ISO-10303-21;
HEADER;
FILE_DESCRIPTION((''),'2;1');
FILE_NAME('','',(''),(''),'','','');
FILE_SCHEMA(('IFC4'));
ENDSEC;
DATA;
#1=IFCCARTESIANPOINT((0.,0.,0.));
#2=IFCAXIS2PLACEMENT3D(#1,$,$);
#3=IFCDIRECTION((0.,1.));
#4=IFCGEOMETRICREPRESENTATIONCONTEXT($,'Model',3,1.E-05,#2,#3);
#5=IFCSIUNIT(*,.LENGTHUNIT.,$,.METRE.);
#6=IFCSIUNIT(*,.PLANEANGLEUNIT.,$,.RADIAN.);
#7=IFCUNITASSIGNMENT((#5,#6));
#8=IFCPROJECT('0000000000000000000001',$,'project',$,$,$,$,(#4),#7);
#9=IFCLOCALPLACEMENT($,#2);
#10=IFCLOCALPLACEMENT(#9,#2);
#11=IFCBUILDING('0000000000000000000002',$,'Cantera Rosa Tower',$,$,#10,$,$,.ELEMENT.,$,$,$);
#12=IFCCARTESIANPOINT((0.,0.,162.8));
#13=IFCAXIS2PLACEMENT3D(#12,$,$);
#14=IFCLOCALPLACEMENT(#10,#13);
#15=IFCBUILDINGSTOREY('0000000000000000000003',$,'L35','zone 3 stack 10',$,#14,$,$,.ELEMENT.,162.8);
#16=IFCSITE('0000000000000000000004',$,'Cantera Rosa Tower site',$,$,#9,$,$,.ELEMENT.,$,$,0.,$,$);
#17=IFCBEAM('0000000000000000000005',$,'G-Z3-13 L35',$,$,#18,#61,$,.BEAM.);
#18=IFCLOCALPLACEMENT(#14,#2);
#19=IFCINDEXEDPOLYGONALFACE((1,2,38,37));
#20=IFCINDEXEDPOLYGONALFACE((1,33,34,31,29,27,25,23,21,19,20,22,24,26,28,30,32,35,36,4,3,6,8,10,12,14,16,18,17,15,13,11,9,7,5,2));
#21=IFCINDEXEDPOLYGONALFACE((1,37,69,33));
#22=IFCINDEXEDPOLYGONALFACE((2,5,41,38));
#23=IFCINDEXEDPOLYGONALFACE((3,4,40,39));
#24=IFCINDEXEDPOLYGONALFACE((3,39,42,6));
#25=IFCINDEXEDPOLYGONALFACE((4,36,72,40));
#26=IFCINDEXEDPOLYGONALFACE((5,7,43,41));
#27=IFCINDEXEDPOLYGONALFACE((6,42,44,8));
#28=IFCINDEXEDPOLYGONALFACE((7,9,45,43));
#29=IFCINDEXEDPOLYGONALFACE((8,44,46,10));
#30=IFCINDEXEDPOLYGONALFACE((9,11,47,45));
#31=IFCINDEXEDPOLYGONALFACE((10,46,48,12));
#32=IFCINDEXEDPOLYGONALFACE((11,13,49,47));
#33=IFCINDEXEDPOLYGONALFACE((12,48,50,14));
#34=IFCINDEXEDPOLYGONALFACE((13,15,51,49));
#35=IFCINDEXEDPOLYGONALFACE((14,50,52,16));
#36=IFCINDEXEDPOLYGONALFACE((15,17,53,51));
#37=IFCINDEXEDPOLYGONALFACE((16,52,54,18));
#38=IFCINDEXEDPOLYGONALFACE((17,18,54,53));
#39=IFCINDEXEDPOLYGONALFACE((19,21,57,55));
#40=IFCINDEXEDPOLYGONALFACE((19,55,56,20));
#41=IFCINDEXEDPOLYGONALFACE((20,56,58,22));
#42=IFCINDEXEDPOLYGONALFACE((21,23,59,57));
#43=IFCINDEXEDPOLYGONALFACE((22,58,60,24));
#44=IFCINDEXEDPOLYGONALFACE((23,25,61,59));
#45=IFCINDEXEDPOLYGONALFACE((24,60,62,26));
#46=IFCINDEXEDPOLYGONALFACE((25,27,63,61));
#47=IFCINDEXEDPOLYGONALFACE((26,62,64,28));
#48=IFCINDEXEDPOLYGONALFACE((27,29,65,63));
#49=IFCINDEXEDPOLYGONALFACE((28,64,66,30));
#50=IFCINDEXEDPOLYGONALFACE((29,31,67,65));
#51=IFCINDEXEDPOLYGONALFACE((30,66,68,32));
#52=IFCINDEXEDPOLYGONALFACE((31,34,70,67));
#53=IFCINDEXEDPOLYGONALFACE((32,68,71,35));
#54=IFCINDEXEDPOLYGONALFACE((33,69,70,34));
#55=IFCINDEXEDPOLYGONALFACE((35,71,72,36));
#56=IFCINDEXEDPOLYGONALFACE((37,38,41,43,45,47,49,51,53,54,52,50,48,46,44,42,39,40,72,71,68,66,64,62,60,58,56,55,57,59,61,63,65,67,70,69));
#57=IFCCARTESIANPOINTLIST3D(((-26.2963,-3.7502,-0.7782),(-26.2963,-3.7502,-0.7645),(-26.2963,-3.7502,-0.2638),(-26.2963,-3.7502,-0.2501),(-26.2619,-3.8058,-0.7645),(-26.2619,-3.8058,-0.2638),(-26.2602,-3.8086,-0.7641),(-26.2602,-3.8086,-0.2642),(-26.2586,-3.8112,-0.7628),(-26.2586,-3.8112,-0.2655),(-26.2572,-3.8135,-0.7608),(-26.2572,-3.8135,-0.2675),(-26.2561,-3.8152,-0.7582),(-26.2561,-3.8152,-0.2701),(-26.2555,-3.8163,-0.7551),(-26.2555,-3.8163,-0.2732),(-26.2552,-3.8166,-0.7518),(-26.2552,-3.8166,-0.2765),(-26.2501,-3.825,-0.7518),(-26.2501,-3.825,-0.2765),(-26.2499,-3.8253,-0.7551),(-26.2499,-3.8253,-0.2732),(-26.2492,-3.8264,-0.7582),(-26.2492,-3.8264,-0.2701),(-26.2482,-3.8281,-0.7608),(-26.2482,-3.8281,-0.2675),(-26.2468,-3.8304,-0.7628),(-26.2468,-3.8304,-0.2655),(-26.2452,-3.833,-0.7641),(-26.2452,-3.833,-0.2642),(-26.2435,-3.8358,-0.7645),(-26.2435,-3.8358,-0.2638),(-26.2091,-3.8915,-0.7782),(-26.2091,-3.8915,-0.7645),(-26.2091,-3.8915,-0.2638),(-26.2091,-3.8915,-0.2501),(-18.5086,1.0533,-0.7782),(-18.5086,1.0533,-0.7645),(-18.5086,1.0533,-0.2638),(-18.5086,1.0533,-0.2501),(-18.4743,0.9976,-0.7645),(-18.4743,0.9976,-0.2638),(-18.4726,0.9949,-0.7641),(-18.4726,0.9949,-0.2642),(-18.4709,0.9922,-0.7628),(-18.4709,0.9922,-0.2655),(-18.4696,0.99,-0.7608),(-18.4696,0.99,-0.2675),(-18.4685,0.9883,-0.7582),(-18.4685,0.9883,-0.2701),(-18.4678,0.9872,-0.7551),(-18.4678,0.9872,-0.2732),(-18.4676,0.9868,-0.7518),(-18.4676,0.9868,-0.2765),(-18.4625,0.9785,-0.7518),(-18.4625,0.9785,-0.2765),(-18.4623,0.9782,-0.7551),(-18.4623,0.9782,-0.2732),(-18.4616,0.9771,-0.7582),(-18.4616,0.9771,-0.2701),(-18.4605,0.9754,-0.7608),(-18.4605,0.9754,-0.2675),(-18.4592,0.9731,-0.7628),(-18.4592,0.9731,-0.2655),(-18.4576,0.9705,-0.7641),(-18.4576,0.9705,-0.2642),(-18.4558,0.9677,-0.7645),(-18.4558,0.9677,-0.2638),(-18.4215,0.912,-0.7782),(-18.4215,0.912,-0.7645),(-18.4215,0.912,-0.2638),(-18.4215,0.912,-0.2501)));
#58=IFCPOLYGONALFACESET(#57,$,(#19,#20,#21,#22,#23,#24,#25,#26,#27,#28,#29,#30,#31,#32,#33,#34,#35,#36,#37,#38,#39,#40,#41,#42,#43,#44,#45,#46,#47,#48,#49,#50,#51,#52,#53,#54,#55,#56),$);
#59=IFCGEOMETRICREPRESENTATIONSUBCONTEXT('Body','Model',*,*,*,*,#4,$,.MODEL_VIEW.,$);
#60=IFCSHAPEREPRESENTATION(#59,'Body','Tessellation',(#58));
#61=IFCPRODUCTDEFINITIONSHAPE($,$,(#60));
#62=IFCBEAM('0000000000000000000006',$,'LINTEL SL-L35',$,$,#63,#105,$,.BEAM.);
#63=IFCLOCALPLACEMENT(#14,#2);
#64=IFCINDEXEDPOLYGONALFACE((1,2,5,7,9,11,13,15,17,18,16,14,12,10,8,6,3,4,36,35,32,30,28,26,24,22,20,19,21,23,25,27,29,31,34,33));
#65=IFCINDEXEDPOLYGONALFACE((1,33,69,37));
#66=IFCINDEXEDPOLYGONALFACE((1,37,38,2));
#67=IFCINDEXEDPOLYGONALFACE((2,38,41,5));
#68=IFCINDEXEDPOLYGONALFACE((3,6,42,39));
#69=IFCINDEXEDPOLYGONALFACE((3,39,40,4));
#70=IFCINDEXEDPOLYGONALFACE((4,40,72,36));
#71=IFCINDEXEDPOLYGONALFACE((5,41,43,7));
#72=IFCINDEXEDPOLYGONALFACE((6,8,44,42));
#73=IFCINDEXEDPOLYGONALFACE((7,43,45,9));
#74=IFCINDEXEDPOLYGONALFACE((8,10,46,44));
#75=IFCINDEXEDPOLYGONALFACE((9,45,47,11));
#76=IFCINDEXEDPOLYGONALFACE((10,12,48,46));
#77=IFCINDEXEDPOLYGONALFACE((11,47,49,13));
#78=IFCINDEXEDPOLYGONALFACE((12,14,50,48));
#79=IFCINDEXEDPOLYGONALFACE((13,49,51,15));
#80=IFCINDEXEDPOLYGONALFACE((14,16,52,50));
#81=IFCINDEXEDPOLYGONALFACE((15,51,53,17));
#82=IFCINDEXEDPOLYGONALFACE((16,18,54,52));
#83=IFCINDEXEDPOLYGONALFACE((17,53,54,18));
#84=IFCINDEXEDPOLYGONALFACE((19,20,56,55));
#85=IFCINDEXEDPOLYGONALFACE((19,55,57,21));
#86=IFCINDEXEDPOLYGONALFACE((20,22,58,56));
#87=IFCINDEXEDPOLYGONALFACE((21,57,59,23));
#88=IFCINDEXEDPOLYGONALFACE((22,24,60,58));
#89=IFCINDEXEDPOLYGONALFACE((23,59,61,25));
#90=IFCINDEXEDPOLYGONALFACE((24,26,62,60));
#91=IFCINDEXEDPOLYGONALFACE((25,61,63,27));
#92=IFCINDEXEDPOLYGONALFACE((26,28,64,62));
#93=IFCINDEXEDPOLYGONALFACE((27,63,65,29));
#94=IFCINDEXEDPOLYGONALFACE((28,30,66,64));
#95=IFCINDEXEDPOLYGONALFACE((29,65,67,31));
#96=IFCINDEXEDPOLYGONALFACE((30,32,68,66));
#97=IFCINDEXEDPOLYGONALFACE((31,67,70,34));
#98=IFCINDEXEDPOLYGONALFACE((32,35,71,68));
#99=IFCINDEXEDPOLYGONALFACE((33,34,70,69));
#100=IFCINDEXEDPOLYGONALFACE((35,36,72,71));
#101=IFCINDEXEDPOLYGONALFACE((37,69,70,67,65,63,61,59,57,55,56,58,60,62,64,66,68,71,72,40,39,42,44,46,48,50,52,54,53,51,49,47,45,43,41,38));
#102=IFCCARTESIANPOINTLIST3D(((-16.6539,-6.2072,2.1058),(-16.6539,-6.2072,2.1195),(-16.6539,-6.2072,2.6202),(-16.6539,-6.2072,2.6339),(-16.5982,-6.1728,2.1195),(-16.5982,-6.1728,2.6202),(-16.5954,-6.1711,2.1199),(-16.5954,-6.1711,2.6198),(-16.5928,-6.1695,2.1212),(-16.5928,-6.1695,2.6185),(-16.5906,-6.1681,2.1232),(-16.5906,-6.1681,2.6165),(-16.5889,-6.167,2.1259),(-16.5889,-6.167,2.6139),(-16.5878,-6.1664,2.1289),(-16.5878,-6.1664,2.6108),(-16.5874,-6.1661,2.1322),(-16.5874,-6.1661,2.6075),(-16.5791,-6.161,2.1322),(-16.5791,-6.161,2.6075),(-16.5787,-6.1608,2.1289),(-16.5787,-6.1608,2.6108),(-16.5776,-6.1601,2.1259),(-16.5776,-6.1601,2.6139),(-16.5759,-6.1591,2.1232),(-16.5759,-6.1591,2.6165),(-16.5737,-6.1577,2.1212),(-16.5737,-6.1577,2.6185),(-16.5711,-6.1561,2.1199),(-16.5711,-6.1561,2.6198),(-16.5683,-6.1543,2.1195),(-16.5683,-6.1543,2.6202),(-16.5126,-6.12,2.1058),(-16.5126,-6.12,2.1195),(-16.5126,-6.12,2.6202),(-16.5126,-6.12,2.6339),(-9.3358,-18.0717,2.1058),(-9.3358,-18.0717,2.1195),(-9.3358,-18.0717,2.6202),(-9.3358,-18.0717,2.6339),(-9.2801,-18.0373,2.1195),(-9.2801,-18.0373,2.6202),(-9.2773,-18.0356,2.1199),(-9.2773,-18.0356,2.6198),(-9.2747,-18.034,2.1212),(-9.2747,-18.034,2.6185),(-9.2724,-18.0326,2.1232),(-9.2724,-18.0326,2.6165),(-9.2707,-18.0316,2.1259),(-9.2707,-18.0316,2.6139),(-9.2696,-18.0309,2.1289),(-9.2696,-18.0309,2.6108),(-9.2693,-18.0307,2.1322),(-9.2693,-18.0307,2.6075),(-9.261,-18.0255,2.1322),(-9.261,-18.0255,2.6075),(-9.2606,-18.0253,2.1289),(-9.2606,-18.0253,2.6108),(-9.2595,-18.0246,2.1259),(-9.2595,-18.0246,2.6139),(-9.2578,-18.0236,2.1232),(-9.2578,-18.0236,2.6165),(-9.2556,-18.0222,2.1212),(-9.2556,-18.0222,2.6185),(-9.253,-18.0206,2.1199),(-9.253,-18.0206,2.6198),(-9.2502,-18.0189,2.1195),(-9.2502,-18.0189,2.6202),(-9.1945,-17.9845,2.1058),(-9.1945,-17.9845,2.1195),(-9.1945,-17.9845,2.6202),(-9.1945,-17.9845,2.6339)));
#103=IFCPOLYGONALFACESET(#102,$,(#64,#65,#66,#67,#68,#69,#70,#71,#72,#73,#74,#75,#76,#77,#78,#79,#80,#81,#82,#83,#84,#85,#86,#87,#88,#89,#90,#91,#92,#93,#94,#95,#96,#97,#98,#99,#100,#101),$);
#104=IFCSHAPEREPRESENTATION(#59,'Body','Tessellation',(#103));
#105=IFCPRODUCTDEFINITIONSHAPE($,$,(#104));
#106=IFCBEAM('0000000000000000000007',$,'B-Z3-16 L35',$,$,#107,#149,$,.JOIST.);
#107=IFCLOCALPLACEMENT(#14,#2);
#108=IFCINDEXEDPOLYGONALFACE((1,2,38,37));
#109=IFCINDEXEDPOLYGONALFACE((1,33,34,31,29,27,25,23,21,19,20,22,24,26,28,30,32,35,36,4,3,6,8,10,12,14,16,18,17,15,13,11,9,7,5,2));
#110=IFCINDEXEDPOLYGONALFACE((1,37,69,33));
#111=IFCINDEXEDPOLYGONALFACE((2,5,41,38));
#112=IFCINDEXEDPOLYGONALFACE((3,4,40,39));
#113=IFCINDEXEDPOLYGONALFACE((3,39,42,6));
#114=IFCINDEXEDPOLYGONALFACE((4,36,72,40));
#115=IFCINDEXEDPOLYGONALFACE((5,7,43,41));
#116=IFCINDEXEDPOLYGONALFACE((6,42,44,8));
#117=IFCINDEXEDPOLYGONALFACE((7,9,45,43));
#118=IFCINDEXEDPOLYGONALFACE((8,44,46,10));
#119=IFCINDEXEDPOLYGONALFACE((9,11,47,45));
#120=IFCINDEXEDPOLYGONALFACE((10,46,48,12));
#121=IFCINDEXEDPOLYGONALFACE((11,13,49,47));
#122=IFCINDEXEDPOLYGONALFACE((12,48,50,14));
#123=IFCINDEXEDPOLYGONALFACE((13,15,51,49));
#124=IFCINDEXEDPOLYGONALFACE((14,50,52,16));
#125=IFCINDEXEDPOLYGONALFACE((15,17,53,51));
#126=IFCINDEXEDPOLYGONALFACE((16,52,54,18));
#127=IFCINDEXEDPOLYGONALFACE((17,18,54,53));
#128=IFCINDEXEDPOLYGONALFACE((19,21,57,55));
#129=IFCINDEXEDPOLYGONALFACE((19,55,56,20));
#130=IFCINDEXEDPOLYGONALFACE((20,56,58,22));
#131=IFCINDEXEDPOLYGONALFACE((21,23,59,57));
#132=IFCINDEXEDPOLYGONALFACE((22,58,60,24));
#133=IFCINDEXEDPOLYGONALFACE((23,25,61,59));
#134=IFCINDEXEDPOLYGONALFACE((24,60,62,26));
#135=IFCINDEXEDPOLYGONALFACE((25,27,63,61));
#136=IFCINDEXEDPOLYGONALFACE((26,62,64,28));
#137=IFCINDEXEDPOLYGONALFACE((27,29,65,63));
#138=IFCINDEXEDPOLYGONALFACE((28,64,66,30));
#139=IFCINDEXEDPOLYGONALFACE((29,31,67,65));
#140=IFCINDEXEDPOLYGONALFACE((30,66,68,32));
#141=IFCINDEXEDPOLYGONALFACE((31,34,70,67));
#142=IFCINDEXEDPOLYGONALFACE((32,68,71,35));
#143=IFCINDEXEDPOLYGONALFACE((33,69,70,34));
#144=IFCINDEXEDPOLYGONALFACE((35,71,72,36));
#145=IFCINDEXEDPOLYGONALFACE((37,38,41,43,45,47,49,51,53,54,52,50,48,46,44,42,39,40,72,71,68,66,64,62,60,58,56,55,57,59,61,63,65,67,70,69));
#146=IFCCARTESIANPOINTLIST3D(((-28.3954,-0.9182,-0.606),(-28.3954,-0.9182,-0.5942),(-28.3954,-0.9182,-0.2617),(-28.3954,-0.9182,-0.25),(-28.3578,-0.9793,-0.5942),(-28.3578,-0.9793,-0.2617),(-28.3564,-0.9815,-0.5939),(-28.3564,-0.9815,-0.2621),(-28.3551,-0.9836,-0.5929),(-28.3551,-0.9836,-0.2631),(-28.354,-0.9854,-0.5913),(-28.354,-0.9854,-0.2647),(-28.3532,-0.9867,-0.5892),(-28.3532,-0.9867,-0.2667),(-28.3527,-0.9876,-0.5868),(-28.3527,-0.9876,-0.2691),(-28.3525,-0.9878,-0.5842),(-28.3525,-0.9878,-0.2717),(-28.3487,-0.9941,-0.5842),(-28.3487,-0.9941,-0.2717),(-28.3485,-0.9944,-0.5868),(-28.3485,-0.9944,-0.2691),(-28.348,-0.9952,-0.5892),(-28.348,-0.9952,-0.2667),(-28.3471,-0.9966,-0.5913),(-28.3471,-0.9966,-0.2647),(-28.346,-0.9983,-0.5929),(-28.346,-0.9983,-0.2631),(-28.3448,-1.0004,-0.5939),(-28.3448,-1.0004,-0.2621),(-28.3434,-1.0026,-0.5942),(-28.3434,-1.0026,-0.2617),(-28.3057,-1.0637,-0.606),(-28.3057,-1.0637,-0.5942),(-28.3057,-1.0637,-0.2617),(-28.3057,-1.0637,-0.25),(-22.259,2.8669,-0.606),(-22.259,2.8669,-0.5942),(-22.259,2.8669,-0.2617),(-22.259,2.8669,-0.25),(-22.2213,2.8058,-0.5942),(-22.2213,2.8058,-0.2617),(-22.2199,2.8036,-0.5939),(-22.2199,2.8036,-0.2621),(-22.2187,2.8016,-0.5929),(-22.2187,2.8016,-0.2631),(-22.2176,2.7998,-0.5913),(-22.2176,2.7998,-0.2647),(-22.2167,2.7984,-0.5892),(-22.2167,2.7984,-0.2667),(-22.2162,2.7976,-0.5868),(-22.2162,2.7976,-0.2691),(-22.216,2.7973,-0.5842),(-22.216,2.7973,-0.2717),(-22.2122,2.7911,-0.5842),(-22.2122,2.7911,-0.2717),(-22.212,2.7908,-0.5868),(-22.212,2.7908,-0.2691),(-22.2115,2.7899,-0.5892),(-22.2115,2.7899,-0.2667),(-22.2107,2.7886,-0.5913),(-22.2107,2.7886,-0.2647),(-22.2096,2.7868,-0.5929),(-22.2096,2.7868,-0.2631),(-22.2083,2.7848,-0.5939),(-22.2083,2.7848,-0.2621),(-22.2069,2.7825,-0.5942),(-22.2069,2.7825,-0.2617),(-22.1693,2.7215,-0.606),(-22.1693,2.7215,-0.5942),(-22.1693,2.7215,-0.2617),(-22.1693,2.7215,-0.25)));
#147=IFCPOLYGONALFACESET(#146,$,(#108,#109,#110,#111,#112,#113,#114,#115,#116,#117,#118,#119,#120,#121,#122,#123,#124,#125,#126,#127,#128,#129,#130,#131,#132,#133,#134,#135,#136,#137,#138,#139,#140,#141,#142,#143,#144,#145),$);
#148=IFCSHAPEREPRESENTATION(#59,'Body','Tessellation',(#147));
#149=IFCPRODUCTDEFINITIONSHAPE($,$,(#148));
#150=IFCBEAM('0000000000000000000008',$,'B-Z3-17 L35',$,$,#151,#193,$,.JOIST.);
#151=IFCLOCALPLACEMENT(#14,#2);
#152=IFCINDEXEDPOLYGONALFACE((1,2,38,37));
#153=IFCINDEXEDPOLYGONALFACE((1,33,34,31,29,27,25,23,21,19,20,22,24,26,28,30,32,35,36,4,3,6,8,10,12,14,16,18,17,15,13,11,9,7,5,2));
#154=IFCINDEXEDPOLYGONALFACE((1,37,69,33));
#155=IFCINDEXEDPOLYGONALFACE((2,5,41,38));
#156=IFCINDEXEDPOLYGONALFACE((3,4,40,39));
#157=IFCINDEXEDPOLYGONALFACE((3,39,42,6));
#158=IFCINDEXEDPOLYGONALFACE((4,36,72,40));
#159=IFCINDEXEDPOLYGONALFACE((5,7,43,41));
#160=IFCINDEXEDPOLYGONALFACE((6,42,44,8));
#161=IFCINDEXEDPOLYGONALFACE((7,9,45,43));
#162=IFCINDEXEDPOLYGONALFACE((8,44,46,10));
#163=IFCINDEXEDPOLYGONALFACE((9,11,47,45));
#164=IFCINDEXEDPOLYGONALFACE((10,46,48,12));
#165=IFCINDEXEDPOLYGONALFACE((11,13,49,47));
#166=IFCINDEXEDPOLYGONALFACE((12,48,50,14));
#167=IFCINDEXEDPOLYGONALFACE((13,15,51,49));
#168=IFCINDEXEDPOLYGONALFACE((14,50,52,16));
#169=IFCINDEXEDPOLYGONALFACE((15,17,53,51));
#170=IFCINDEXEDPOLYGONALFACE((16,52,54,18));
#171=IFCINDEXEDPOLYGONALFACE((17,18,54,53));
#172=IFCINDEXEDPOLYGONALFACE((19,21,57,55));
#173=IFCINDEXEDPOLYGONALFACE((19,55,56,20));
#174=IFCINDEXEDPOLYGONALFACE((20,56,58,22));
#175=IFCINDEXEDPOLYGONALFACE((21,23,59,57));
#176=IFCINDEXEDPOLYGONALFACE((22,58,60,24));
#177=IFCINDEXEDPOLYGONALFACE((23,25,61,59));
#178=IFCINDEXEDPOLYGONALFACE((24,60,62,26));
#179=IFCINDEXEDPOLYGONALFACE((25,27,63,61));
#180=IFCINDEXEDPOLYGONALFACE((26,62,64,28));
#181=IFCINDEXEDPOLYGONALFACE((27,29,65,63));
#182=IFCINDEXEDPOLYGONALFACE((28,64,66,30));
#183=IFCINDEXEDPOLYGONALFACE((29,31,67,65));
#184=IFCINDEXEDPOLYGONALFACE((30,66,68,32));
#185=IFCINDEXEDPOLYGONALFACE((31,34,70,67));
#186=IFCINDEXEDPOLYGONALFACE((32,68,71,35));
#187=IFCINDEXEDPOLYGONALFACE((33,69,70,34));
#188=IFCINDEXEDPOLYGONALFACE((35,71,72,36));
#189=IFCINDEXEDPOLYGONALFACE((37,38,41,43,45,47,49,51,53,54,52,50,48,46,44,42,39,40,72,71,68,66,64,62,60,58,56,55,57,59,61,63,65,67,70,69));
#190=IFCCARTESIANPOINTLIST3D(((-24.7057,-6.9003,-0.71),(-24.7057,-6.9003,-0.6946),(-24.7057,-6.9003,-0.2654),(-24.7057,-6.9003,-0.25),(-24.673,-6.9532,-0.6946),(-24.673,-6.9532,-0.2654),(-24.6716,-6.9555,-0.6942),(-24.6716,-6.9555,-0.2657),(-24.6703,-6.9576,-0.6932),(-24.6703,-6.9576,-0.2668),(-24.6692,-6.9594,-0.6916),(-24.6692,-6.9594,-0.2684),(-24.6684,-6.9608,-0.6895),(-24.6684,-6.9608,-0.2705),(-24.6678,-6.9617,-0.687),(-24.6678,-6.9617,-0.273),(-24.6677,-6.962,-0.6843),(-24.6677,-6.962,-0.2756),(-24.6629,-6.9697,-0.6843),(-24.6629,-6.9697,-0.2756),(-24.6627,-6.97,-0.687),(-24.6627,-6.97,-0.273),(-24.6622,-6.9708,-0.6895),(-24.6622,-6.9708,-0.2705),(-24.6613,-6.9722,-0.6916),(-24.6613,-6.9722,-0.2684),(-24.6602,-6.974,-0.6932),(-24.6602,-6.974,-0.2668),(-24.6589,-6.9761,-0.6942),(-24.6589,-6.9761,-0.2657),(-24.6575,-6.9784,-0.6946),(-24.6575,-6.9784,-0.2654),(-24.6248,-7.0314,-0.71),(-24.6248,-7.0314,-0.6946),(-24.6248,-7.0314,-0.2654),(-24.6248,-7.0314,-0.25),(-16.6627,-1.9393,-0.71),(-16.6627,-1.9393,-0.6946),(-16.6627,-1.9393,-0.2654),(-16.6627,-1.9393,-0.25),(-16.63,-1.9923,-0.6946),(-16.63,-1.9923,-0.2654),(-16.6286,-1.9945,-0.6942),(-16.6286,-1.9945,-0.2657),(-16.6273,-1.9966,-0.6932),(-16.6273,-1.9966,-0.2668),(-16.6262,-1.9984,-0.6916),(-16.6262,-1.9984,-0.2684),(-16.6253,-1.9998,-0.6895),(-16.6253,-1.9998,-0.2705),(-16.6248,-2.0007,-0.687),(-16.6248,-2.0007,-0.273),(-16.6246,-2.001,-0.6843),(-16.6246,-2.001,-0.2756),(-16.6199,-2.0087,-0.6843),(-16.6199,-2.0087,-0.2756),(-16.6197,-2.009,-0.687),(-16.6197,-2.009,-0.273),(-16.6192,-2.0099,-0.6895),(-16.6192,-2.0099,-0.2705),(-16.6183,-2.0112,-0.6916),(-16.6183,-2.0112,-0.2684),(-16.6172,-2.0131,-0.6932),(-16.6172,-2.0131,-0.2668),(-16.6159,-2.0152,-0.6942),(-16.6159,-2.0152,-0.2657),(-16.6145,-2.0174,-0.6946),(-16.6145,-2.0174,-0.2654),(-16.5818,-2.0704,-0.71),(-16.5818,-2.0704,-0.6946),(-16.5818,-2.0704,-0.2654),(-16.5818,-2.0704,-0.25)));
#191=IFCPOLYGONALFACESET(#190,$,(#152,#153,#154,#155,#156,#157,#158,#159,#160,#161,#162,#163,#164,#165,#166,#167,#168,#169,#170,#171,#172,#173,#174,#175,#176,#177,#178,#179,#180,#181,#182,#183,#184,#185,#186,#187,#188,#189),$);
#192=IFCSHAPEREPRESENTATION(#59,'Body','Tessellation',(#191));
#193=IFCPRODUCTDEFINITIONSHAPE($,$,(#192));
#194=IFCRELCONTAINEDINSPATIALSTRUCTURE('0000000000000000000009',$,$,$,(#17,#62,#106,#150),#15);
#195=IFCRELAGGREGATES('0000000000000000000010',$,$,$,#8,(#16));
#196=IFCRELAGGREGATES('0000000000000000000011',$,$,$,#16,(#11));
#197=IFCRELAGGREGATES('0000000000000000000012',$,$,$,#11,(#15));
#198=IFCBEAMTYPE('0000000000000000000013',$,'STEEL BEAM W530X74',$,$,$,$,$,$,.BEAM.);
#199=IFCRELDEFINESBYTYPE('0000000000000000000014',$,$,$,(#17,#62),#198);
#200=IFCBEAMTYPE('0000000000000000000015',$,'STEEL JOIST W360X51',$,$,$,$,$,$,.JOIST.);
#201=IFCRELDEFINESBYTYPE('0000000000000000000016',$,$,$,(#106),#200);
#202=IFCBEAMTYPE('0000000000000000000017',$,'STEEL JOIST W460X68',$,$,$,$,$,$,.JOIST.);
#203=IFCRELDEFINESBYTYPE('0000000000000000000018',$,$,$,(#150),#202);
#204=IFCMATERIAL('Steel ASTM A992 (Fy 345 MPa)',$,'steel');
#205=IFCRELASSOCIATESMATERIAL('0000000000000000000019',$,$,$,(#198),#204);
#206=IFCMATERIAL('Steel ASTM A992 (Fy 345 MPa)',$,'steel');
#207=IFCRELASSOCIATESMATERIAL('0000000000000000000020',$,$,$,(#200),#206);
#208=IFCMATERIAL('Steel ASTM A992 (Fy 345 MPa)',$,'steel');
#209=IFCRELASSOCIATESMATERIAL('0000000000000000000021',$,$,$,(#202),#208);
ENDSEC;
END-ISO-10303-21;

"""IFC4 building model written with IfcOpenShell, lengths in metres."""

from ifc_helpers import new_model, si_unit, direction, frame, origin, origin_2d, place, context, subcontext, project, spatial, i_section, extrude, material, material_profile, profile_set, type_object, element, save


model = new_model("IFC4")

# Units and contexts
model_context = context("Model", 3, precision=1e-05, world=origin(), true_north=direction((0.0, 1.0)))
body_context = subcontext(model_context, "Body", "Model", "MODEL_VIEW")
ifc_project = project(units=[si_unit("LENGTHUNIT", "METRE"), si_unit("PLANEANGLEUNIT", "RADIAN")], contexts=[model_context])

# Site, building, storey
site_placement = place(None, origin())
site = spatial("IfcSite", under=ifc_project, at=site_placement, Name="Cantera Rosa Tower site", CompositionType="ELEMENT", RefElevation=0.0)
building_placement = place(site_placement, origin())
building = spatial("IfcBuilding", under=site, at=building_placement, Name="Cantera Rosa Tower", CompositionType="ELEMENT")
storey_placement = place(building_placement, frame((0.0, 0.0, 162.8)))
storey = spatial("IfcBuildingStorey", under=building, at=storey_placement, Name="L35", Description="zone 3 stack 10", CompositionType="ELEMENT", Elevation=162.8)

# Beams
ifc_material_1 = material(Name="Steel ASTM A992 (Fy 345 MPa)", Category="steel")
ifc_material_profile_1 = material_profile(ifc_material_1, i_section(OverallWidth=0.166, OverallDepth=0.5281, WebThickness=0.0098, FlangeThickness=0.0137, FilletRadius=0.0127, at=origin_2d()), Name="W530X74")
ifc_profile_set_1 = profile_set([ifc_material_profile_1], Name="Steel ASTM A992 (Fy 345 MPa)")
beam_type_1 = type_object("IfcBeamType", Name="STEEL BEAM W530X74", PredefinedType="BEAM", material=ifc_profile_set_1)
beam_1_placement = place(storey_placement, frame((-26.2527, -3.8208, -0.5142), z_axis=(0.851116, 0.524977, 0.0), x_axis=(-0.524977, 0.851116, 0.0)))
element("IfcBeam", 1, at=beam_1_placement, inside=storey, type_object=beam_type_1, Name="G-Z3-13 L35", PredefinedType="BEAM", context=body_context, shape_type="SweptSolid", body=[
    extrude(i_section(OverallWidth=0.166, OverallDepth=0.5281, WebThickness=0.0098, FlangeThickness=0.0137, FilletRadius=0.0127, at=origin_2d()), origin(), (0.0, 0.0, 1.0), 9.1499),
])
beam_2_placement = place(storey_placement, frame((-16.5833, -6.1636, 2.3699), z_axis=(0.524976, -0.851117, 0.0), x_axis=(0.851117, 0.524976, 0.0)))
element("IfcBeam", 2, at=beam_2_placement, inside=storey, type_object=beam_type_1, Name="LINTEL SL-L35", PredefinedType="BEAM", context=body_context, shape_type="SweptSolid", body=[
    extrude(i_section(OverallWidth=0.166, OverallDepth=0.5281, WebThickness=0.0098, FlangeThickness=0.0137, FilletRadius=0.0127, at=origin_2d()), origin(), (0.0, 0.0, 1.0), 13.9399),
])
ifc_material_2 = material(Name="Steel ASTM A992 (Fy 345 MPa)", Category="steel")
ifc_material_profile_2 = material_profile(ifc_material_2, i_section(OverallWidth=0.1709, OverallDepth=0.356, WebThickness=0.0073, FlangeThickness=0.0117, FilletRadius=0.01, at=origin_2d()), Name="W360X51")
ifc_profile_set_2 = profile_set([ifc_material_profile_2], Name="Steel ASTM A992 (Fy 345 MPa)")
beam_type_2 = type_object("IfcBeamType", Name="STEEL JOIST W360X51", PredefinedType="JOIST", material=ifc_profile_set_2)
beam_3_placement = place(storey_placement, frame((-28.3506, -0.991, -0.428), z_axis=(0.851109, 0.524989, 0.0), x_axis=(-0.524989, 0.851109, 0.0)))
element("IfcBeam", 3, at=beam_3_placement, inside=storey, type_object=beam_type_2, Name="B-Z3-16 L35", PredefinedType="JOIST", context=body_context, shape_type="SweptSolid", body=[
    extrude(i_section(OverallWidth=0.1709, OverallDepth=0.356, WebThickness=0.0073, FlangeThickness=0.0117, FilletRadius=0.01, at=origin_2d()), origin(), (0.0, 0.0, 1.0), 7.21),
])
ifc_material_3 = material(Name="Steel ASTM A992 (Fy 345 MPa)", Category="steel")
ifc_material_profile_3 = material_profile(ifc_material_3, i_section(OverallWidth=0.1541, OverallDepth=0.46, WebThickness=0.009, FlangeThickness=0.0154, FilletRadius=0.0103, at=origin_2d()), Name="W460X68")
ifc_profile_set_3 = profile_set([ifc_material_profile_3], Name="Steel ASTM A992 (Fy 345 MPa)")
beam_type_3 = type_object("IfcBeamType", Name="STEEL JOIST W460X68", PredefinedType="JOIST", material=ifc_profile_set_3)
beam_4_placement = place(storey_placement, frame((-24.6653, -6.9658, -0.48), z_axis=(0.851119, 0.524974, 0.0), x_axis=(-0.524974, 0.851119, 0.0)))
element("IfcBeam", 4, at=beam_4_placement, inside=storey, type_object=beam_type_3, Name="B-Z3-17 L35", PredefinedType="JOIST", context=body_context, shape_type="SweptSolid", body=[
    extrude(i_section(OverallWidth=0.1541, OverallDepth=0.46, WebThickness=0.009, FlangeThickness=0.0154, FilletRadius=0.0103, at=origin_2d()), origin(), (0.0, 0.0, 1.0), 9.45),
])

save(model, "model.ifc")
